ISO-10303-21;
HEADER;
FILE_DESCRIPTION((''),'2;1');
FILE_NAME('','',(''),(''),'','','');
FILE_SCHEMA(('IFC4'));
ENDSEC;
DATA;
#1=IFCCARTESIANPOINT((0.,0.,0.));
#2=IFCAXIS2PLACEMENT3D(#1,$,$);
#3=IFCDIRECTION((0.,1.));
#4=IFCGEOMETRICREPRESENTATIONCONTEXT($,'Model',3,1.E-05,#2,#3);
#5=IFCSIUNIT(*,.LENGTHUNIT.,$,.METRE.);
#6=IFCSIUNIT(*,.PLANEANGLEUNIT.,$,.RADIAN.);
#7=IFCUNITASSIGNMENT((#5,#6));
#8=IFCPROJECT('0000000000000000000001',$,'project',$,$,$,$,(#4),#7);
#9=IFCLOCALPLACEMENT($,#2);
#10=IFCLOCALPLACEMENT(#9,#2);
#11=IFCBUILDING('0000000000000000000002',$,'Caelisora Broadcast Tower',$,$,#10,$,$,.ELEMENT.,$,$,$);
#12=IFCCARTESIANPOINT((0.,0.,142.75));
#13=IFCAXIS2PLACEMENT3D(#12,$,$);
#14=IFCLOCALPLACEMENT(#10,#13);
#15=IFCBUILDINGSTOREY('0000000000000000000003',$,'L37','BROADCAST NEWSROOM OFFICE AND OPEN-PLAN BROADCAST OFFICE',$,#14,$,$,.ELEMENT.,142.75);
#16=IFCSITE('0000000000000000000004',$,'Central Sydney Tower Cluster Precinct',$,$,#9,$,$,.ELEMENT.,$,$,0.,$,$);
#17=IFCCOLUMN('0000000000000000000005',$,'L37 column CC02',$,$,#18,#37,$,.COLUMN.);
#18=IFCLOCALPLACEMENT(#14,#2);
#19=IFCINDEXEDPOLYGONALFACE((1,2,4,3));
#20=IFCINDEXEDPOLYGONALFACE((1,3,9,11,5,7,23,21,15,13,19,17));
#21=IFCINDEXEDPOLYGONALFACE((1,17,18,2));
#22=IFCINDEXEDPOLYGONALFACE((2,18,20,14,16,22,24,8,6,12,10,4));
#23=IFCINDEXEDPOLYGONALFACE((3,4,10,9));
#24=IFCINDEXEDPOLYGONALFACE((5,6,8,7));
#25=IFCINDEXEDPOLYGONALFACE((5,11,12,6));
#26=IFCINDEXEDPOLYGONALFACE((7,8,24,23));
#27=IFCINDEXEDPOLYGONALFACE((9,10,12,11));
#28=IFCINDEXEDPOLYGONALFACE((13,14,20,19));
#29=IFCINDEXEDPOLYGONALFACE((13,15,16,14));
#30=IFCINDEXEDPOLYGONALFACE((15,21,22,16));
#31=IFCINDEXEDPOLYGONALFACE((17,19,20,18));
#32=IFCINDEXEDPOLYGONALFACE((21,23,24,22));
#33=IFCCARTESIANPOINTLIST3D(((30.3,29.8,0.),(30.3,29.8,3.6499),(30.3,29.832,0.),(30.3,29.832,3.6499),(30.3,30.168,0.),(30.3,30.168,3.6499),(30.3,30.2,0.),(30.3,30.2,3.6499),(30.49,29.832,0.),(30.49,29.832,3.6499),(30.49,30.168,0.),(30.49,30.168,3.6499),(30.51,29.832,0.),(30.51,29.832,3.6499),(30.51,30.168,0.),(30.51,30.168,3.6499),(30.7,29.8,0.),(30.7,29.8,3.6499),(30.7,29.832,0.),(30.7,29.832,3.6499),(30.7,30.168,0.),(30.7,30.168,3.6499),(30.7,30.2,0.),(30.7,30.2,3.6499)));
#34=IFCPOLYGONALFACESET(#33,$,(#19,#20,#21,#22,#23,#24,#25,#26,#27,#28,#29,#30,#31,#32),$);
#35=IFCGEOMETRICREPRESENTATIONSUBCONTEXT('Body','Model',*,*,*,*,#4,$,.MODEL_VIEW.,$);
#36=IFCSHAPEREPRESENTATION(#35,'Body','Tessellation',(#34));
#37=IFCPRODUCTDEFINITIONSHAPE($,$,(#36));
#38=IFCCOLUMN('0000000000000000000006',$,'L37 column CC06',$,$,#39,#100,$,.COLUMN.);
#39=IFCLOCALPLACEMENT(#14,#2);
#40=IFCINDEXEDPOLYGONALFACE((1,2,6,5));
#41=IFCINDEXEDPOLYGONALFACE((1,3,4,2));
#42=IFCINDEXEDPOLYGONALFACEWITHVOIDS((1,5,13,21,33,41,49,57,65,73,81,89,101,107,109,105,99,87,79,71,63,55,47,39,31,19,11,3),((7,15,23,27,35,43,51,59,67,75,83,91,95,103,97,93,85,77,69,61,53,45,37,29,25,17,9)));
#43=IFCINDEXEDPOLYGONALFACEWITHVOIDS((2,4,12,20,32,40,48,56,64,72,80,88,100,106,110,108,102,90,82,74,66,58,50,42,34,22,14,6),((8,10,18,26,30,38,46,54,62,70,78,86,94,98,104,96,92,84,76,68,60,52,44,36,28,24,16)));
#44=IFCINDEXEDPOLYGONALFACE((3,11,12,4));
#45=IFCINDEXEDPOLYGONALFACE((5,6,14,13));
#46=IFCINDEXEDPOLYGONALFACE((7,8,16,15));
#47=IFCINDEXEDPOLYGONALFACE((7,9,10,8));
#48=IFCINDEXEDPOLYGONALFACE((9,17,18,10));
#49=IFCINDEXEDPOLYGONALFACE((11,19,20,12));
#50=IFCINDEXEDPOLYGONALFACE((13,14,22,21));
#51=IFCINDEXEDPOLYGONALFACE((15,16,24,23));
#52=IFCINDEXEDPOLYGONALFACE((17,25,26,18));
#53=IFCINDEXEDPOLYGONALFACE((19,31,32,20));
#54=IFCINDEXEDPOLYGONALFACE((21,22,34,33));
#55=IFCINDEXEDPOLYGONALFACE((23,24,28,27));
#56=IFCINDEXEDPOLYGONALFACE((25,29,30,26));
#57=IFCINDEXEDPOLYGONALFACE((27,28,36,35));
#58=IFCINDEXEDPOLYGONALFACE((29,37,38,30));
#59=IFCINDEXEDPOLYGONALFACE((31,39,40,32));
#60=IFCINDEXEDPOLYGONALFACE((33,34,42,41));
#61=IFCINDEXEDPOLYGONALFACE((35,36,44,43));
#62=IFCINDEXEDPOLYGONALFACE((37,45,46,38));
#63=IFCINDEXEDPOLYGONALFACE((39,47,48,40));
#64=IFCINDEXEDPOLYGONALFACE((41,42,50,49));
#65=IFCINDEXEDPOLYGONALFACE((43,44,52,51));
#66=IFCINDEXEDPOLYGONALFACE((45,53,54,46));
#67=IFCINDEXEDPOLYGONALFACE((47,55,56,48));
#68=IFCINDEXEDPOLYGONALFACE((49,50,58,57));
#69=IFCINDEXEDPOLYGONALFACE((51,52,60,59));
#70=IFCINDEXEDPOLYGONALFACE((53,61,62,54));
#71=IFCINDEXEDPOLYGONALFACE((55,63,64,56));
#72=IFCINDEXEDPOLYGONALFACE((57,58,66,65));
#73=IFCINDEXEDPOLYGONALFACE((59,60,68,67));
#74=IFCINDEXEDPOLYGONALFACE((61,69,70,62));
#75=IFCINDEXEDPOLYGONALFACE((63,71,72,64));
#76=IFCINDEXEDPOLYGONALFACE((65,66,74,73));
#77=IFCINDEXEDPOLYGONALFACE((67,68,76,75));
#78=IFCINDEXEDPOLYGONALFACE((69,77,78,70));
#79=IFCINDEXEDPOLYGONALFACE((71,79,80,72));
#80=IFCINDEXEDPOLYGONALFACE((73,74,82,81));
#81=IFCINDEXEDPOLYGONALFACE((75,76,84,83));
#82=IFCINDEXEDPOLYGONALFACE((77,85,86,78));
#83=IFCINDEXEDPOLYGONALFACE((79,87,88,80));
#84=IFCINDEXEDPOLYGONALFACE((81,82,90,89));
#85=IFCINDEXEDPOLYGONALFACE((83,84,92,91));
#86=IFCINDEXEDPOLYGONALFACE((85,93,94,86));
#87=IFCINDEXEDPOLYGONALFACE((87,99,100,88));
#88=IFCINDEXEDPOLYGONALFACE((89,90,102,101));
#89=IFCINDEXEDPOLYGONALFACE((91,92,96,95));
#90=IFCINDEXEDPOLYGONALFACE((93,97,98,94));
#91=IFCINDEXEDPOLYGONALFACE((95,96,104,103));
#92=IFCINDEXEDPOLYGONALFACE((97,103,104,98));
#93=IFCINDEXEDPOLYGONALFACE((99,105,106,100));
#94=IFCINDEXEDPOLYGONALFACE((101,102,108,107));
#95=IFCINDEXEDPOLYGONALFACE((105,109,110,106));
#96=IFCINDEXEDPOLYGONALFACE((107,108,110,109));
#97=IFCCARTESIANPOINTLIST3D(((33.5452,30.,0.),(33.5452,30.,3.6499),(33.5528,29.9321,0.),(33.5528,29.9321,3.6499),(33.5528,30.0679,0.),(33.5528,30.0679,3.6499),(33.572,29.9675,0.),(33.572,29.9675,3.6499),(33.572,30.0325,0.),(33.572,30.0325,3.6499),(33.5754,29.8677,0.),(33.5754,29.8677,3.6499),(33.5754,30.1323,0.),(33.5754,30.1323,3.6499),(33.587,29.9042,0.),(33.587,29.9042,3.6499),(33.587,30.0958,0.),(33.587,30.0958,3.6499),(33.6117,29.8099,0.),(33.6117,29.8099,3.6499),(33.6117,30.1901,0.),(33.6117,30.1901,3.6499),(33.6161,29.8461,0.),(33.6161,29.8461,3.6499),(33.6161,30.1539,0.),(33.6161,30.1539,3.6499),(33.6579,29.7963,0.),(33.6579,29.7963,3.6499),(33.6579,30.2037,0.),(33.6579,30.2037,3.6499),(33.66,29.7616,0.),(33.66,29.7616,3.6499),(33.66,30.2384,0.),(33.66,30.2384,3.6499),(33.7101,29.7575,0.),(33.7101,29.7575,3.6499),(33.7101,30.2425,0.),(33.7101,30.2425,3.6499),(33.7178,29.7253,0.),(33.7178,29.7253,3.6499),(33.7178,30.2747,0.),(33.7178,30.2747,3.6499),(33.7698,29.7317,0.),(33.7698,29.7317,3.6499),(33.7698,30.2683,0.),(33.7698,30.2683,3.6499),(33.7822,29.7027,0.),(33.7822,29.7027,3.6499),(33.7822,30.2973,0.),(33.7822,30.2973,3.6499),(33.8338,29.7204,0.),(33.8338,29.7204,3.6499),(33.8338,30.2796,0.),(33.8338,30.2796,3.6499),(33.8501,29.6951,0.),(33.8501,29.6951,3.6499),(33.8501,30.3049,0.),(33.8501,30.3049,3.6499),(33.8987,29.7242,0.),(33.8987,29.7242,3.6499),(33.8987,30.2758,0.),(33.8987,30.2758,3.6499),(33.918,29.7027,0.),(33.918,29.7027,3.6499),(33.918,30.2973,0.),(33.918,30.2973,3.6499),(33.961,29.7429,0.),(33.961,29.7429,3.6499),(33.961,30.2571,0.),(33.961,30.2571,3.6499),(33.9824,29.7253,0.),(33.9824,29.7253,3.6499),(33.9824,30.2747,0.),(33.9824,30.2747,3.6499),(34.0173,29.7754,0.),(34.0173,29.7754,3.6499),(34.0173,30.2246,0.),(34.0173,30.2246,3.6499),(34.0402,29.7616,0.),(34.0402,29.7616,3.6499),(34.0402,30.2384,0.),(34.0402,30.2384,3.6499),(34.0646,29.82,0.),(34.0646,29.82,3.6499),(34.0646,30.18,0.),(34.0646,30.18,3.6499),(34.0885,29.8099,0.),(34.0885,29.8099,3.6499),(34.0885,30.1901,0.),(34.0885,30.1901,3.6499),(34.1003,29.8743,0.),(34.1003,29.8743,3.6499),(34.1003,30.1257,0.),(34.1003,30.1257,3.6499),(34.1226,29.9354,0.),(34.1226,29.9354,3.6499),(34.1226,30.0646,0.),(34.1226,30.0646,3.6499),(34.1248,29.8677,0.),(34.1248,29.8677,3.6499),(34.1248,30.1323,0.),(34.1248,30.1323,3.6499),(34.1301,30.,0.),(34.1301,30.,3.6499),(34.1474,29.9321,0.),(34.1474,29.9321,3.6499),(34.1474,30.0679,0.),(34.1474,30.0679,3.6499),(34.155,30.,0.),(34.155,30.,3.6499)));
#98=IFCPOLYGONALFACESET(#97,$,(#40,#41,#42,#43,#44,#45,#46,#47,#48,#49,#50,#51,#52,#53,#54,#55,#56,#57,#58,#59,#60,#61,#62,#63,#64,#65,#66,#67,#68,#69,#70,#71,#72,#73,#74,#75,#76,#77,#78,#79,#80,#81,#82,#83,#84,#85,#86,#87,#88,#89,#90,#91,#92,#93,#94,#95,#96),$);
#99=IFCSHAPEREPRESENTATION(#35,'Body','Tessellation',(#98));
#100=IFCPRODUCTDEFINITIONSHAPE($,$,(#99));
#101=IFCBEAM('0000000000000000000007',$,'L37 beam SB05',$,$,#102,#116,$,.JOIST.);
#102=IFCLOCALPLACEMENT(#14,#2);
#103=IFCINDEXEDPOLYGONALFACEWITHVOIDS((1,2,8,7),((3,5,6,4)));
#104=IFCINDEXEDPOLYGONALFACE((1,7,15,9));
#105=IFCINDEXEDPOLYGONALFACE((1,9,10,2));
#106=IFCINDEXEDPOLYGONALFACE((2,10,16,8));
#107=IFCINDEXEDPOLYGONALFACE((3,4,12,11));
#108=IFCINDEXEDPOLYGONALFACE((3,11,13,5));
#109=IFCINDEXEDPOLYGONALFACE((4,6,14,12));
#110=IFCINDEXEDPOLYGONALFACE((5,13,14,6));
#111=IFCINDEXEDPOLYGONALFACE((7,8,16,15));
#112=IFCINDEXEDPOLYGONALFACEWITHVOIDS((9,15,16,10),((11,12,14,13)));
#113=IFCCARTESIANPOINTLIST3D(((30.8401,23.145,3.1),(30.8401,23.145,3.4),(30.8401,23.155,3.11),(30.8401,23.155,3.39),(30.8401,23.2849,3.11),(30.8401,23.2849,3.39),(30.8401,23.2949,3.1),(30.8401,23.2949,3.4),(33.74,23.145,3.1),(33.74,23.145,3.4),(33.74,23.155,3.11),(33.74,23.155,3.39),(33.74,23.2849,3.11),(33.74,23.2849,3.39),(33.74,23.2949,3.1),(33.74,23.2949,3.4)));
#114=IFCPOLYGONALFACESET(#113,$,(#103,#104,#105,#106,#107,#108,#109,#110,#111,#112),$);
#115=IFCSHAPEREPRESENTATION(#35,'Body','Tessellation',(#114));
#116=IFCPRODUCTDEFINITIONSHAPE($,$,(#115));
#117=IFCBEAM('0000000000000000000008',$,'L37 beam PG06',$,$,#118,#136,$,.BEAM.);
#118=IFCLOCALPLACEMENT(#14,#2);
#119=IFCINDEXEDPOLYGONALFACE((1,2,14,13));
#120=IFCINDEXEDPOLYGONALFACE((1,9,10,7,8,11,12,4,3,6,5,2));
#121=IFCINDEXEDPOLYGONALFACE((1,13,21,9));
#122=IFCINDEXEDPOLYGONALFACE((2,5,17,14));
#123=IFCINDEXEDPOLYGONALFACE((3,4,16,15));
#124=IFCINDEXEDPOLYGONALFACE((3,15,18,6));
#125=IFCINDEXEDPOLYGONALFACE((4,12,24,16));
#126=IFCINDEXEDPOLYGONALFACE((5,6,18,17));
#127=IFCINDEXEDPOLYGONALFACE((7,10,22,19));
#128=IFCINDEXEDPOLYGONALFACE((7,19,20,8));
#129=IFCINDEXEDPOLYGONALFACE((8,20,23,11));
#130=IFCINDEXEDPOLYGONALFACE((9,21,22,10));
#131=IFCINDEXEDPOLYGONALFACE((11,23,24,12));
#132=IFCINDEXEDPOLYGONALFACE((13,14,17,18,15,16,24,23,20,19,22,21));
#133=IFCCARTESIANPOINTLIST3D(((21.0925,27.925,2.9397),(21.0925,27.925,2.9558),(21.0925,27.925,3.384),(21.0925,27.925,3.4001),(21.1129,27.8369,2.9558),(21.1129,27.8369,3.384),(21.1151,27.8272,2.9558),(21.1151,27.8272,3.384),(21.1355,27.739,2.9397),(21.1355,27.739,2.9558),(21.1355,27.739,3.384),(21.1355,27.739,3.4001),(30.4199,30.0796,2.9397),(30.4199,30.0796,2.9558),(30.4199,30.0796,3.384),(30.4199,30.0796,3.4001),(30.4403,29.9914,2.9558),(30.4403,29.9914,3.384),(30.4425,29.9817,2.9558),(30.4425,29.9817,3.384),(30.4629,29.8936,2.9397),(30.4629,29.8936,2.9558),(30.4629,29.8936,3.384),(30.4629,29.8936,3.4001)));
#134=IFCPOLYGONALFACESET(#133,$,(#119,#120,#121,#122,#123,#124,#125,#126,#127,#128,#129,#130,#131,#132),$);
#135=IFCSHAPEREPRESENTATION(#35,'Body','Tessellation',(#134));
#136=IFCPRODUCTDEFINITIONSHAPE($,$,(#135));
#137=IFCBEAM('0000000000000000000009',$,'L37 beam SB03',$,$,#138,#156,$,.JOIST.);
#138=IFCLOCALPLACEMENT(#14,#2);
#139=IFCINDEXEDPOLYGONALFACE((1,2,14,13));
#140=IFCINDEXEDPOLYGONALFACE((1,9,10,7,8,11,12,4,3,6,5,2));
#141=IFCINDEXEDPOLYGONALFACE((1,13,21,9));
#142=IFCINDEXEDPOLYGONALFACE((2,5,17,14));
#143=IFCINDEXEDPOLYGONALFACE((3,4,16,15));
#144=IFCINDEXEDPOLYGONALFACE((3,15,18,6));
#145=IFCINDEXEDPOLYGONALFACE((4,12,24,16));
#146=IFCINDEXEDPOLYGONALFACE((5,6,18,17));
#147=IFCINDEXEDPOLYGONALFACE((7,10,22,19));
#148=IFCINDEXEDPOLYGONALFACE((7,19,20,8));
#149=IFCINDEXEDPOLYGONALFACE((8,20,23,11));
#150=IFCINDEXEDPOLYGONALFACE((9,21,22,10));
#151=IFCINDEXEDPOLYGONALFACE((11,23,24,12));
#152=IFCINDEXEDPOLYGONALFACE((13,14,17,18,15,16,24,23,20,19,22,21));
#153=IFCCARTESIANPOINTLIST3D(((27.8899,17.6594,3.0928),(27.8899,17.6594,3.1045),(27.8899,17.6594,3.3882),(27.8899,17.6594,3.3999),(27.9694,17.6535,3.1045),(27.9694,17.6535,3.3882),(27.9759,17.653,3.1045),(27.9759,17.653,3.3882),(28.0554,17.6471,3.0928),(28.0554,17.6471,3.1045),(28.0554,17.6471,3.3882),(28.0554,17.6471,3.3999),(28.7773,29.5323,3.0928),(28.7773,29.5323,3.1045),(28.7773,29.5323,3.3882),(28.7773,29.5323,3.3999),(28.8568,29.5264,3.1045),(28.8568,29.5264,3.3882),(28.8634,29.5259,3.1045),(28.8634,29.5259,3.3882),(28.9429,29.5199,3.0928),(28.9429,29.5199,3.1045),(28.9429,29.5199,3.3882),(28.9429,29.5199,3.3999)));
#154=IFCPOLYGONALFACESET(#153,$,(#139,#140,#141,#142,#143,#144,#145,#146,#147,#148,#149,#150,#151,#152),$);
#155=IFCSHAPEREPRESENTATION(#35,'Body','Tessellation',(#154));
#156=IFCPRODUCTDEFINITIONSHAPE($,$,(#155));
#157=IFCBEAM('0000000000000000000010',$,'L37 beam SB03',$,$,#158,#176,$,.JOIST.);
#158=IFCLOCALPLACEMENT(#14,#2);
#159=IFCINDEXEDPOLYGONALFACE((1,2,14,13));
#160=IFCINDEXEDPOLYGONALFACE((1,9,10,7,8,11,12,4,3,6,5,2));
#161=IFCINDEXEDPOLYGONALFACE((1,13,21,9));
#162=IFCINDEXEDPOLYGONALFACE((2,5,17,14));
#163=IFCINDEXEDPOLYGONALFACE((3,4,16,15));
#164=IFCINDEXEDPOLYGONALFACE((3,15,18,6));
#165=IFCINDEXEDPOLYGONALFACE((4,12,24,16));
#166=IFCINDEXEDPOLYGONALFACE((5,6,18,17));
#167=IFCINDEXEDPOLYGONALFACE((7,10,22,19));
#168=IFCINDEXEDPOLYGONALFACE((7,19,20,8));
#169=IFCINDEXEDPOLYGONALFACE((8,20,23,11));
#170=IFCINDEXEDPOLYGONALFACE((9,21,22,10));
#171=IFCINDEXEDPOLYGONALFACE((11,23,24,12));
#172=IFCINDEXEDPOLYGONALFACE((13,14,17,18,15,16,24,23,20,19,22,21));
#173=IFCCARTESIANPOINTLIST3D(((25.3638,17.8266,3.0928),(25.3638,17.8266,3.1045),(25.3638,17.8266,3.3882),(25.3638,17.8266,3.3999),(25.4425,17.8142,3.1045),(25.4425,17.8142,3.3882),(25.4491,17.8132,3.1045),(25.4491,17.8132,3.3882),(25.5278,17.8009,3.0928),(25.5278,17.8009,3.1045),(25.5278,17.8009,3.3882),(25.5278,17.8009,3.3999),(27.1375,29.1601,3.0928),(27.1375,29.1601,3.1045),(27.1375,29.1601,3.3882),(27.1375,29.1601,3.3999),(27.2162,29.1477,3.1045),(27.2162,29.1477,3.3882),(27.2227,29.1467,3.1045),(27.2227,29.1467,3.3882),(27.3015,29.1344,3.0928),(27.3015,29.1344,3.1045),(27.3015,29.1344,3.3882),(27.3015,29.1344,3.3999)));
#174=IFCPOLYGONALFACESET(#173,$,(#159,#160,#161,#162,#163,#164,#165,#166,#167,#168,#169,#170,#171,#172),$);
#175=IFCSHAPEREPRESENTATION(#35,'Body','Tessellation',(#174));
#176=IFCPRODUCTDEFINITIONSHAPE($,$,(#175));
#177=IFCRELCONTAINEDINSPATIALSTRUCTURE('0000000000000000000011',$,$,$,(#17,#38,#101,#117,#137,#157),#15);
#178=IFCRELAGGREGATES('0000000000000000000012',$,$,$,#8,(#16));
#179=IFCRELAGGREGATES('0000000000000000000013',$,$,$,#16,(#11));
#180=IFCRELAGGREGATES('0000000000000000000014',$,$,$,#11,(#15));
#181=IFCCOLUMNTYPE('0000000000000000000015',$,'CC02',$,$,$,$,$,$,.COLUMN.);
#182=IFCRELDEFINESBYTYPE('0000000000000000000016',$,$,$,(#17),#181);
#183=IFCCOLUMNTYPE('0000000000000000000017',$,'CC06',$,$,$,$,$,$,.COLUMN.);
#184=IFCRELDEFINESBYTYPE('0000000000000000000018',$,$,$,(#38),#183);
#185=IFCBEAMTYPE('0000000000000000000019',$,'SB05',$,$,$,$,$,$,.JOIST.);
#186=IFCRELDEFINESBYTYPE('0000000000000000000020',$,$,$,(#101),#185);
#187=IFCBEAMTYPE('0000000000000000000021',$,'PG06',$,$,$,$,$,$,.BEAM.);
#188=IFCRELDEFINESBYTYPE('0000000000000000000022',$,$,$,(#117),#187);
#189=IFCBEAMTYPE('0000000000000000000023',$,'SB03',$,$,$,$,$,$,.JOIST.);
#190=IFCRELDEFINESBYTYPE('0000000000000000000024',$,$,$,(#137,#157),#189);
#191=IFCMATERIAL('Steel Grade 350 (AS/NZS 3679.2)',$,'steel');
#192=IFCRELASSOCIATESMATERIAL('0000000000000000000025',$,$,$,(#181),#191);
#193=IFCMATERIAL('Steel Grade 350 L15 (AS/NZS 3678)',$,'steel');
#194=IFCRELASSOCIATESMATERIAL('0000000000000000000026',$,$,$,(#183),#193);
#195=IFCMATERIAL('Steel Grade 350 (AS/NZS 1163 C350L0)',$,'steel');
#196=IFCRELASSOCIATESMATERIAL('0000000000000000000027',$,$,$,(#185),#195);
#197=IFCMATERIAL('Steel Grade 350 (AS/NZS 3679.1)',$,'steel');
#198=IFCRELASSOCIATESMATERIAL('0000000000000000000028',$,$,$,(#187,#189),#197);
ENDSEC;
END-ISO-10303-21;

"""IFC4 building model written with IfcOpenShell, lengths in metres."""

from ifc_helpers import new_model, si_unit, direction, frame, origin, origin_2d, place, context, subcontext, project, spatial, hollow_rectangle, hollow_circle, i_section, extrude, source, transform, mapped, material, material_profile, profile_set, type_object, type_shapes, element, save


model = new_model("IFC4")

# Units and contexts
model_context = context("Model", 3, precision=1e-05, world=origin(), true_north=direction((0.0, 1.0)))
body_context = subcontext(model_context, "Body", "Model", "MODEL_VIEW")
ifc_project = project(units=[si_unit("LENGTHUNIT", "METRE"), si_unit("PLANEANGLEUNIT", "RADIAN")], contexts=[model_context])

# Site, building, storey
site_placement = place(None, origin())
site = spatial("IfcSite", under=ifc_project, at=site_placement, Name="Central Sydney Tower Cluster Precinct", CompositionType="ELEMENT", RefElevation=0.0)
building_placement = place(site_placement, origin())
building = spatial("IfcBuilding", under=site, at=building_placement, Name="Caelisora Broadcast Tower", CompositionType="ELEMENT")
storey_placement = place(building_placement, frame((0.0, 0.0, 142.75)))
storey = spatial("IfcBuildingStorey", under=building, at=storey_placement, Name="L37", Description="BROADCAST NEWSROOM OFFICE AND OPEN-PLAN BROADCAST OFFICE", CompositionType="ELEMENT", Elevation=142.75)

# Columns
ifc_material_1 = material(Name="Steel Grade 350 (AS/NZS 3679.2)", Category="steel")
ifc_material_profile_1 = material_profile(ifc_material_1, i_section(OverallWidth=0.3999, OverallDepth=0.3999, WebThickness=0.02, FlangeThickness=0.032, at=origin_2d()), Name="Steel Grade 350 (AS/NZS 3679.2)")
ifc_profile_set_1 = profile_set([ifc_material_profile_1], Name="Steel Grade 350 (AS/NZS 3679.2)")
column_type_1 = type_object("IfcColumnType", Name="CC02", PredefinedType="COLUMN", material=ifc_profile_set_1)
shared_shape_1 = source(origin(), body_context, "Body", "SweptSolid", [
    extrude(i_section(OverallWidth=0.3999, OverallDepth=0.3999, WebThickness=0.02, FlangeThickness=0.032, at=origin_2d()), origin(), (0.0, 0.0, 1.0), 3.6499),
])
type_shapes(column_type_1, [shared_shape_1])
column_1_placement = place(storey_placement, frame((30.5, 30.0, 0.0), z_axis=(0.0, 0.0, 1.0), x_axis=(1.0, 0.0, 0.0)))
element("IfcColumn", 1, at=column_1_placement, inside=storey, type_object=column_type_1, Name="L37 column CC02", PredefinedType="COLUMN", context=body_context, shape_type="MappedRepresentation", body=[
    mapped(shared_shape_1, transform((0.0, 0.0, 0.0), scale=1.0)),
])
ifc_material_2 = material(Name="Steel Grade 350 L15 (AS/NZS 3678)", Category="steel")
ifc_material_profile_2 = material_profile(ifc_material_2, hollow_circle(Radius=0.3049, WallThickness=0.0249, at=origin_2d()), Name="Steel Grade 350 L15 (AS/NZS 3678)")
ifc_profile_set_2 = profile_set([ifc_material_profile_2], Name="Steel Grade 350 L15 (AS/NZS 3678)")
column_type_2 = type_object("IfcColumnType", Name="CC06", PredefinedType="COLUMN", material=ifc_profile_set_2)
shared_shape_2 = source(origin(), body_context, "Body", "SweptSolid", [
    extrude(hollow_circle(Radius=0.3049, WallThickness=0.0249, at=origin_2d()), origin(), (0.0, 0.0, 1.0), 3.6499),
])
type_shapes(column_type_2, [shared_shape_2])
column_2_placement = place(storey_placement, frame((33.8501, 30.0, 0.0), z_axis=(0.0, 0.0, 1.0), x_axis=(1.0, 0.0, 0.0)))
element("IfcColumn", 2, at=column_2_placement, inside=storey, type_object=column_type_2, Name="L37 column CC06", PredefinedType="COLUMN", context=body_context, shape_type="MappedRepresentation", body=[
    mapped(shared_shape_2, transform((0.0, 0.0, 0.0), scale=1.0)),
])

# Beams
ifc_material_3 = material(Name="Steel Grade 350 (AS/NZS 1163 C350L0)", Category="steel")
ifc_material_profile_3 = material_profile(ifc_material_3, hollow_rectangle(XDim=0.1499, YDim=0.3, WallThickness=0.01, at=origin_2d()), Name="Steel Grade 350 (AS/NZS 1163 C350L0)")
ifc_profile_set_3 = profile_set([ifc_material_profile_3], Name="Steel Grade 350 (AS/NZS 1163 C350L0)")
beam_type_1 = type_object("IfcBeamType", Name="SB05", PredefinedType="JOIST", material=ifc_profile_set_3)
shared_shape_3 = source(origin(), body_context, "Body", "SweptSolid", [
    extrude(hollow_rectangle(XDim=0.1499, YDim=0.3, WallThickness=0.01, at=origin_2d()), origin(), (0.0, 0.0, 1.0), 2.8999),
])
type_shapes(beam_type_1, [shared_shape_3])
beam_1_placement = place(storey_placement, frame((30.8401, 23.22, 3.25), z_axis=(1.0, 0.0, 0.0), x_axis=(0.0, 1.0, 0.0)))
element("IfcBeam", 3, at=beam_1_placement, inside=storey, type_object=beam_type_1, Name="L37 beam SB05", PredefinedType="JOIST", context=body_context, shape_type="MappedRepresentation", body=[
    mapped(shared_shape_3, transform((0.0, 0.0, 0.0), scale=1.0)),
])
ifc_material_4 = material(Name="Steel Grade 350 (AS/NZS 3679.1)", Category="steel")
ifc_material_profile_4 = material_profile(ifc_material_4, i_section(OverallWidth=0.1909, OverallDepth=0.4604, WebThickness=0.01, FlangeThickness=0.0161, at=origin_2d()), Name="Steel Grade 350 (AS/NZS 3679.1)")
ifc_profile_set_4 = profile_set([ifc_material_profile_4], Name="Steel Grade 350 (AS/NZS 3679.1)")
beam_type_2 = type_object("IfcBeamType", Name="PG06", PredefinedType="BEAM", material=ifc_profile_set_4)
shared_shape_4 = source(origin(), body_context, "Body", "SweptSolid", [
    extrude(i_section(OverallWidth=0.1909, OverallDepth=0.4604, WebThickness=0.01, FlangeThickness=0.0161, at=origin_2d()), origin(), (0.0, 0.0, 1.0), 9.573),
])
type_shapes(beam_type_2, [shared_shape_4])
beam_2_placement = place(storey_placement, frame((30.4414, 29.9866, 3.1699), z_axis=(-0.974344, -0.225064, 0.0), x_axis=(0.225064, -0.974344, 0.0)))
element("IfcBeam", 4, at=beam_2_placement, inside=storey, type_object=beam_type_2, Name="L37 beam PG06", PredefinedType="BEAM", context=body_context, shape_type="MappedRepresentation", body=[
    mapped(shared_shape_4, transform((0.0, 0.0, 0.0), scale=1.0)),
])
ifc_material_profile_5 = material_profile(ifc_material_4, i_section(OverallWidth=0.166, OverallDepth=0.3071, WebThickness=0.0066, FlangeThickness=0.0117, at=origin_2d()), Name="Steel Grade 350 (AS/NZS 3679.1)")
ifc_profile_set_5 = profile_set([ifc_material_profile_5], Name="Steel Grade 350 (AS/NZS 3679.1)")
beam_type_3 = type_object("IfcBeamType", Name="SB03", PredefinedType="JOIST", material=ifc_profile_set_5)
shared_shape_5 = source(origin(), body_context, "Body", "SweptSolid", [
    extrude(i_section(OverallWidth=0.166, OverallDepth=0.3071, WebThickness=0.0066, FlangeThickness=0.0117, at=origin_2d()), origin(), (0.0, 0.0, 1.0), 11.906),
])
beam_3_placement = place(storey_placement, frame((28.8601, 29.5261, 3.2463), z_axis=(-0.074539, -0.997218, 0.0), x_axis=(0.997218, -0.074539, 0.0)))
element("IfcBeam", 5, at=beam_3_placement, inside=storey, type_object=beam_type_3, Name="L37 beam SB03", PredefinedType="JOIST", context=body_context, shape_type="MappedRepresentation", body=[
    mapped(shared_shape_5, transform((0.0, 0.0, 0.0), scale=1.0)),
])
shared_shape_6 = source(origin(), body_context, "Body", "SweptSolid", [
    extrude(i_section(OverallWidth=0.166, OverallDepth=0.3071, WebThickness=0.0066, FlangeThickness=0.0117, at=origin_2d()), origin(), (0.0, 0.0, 1.0), 11.4714),
])
beam_4_placement = place(storey_placement, frame((27.2195, 29.1472, 3.2463), z_axis=(-0.154617, -0.987974, 0.0), x_axis=(0.987974, -0.154617, 0.0)))
element("IfcBeam", 6, at=beam_4_placement, inside=storey, type_object=beam_type_3, Name="L37 beam SB03", PredefinedType="JOIST", context=body_context, shape_type="MappedRepresentation", body=[
    mapped(shared_shape_6, transform((0.0, 0.0, 0.0), scale=1.0)),
])

save(model, "model.ifc")
